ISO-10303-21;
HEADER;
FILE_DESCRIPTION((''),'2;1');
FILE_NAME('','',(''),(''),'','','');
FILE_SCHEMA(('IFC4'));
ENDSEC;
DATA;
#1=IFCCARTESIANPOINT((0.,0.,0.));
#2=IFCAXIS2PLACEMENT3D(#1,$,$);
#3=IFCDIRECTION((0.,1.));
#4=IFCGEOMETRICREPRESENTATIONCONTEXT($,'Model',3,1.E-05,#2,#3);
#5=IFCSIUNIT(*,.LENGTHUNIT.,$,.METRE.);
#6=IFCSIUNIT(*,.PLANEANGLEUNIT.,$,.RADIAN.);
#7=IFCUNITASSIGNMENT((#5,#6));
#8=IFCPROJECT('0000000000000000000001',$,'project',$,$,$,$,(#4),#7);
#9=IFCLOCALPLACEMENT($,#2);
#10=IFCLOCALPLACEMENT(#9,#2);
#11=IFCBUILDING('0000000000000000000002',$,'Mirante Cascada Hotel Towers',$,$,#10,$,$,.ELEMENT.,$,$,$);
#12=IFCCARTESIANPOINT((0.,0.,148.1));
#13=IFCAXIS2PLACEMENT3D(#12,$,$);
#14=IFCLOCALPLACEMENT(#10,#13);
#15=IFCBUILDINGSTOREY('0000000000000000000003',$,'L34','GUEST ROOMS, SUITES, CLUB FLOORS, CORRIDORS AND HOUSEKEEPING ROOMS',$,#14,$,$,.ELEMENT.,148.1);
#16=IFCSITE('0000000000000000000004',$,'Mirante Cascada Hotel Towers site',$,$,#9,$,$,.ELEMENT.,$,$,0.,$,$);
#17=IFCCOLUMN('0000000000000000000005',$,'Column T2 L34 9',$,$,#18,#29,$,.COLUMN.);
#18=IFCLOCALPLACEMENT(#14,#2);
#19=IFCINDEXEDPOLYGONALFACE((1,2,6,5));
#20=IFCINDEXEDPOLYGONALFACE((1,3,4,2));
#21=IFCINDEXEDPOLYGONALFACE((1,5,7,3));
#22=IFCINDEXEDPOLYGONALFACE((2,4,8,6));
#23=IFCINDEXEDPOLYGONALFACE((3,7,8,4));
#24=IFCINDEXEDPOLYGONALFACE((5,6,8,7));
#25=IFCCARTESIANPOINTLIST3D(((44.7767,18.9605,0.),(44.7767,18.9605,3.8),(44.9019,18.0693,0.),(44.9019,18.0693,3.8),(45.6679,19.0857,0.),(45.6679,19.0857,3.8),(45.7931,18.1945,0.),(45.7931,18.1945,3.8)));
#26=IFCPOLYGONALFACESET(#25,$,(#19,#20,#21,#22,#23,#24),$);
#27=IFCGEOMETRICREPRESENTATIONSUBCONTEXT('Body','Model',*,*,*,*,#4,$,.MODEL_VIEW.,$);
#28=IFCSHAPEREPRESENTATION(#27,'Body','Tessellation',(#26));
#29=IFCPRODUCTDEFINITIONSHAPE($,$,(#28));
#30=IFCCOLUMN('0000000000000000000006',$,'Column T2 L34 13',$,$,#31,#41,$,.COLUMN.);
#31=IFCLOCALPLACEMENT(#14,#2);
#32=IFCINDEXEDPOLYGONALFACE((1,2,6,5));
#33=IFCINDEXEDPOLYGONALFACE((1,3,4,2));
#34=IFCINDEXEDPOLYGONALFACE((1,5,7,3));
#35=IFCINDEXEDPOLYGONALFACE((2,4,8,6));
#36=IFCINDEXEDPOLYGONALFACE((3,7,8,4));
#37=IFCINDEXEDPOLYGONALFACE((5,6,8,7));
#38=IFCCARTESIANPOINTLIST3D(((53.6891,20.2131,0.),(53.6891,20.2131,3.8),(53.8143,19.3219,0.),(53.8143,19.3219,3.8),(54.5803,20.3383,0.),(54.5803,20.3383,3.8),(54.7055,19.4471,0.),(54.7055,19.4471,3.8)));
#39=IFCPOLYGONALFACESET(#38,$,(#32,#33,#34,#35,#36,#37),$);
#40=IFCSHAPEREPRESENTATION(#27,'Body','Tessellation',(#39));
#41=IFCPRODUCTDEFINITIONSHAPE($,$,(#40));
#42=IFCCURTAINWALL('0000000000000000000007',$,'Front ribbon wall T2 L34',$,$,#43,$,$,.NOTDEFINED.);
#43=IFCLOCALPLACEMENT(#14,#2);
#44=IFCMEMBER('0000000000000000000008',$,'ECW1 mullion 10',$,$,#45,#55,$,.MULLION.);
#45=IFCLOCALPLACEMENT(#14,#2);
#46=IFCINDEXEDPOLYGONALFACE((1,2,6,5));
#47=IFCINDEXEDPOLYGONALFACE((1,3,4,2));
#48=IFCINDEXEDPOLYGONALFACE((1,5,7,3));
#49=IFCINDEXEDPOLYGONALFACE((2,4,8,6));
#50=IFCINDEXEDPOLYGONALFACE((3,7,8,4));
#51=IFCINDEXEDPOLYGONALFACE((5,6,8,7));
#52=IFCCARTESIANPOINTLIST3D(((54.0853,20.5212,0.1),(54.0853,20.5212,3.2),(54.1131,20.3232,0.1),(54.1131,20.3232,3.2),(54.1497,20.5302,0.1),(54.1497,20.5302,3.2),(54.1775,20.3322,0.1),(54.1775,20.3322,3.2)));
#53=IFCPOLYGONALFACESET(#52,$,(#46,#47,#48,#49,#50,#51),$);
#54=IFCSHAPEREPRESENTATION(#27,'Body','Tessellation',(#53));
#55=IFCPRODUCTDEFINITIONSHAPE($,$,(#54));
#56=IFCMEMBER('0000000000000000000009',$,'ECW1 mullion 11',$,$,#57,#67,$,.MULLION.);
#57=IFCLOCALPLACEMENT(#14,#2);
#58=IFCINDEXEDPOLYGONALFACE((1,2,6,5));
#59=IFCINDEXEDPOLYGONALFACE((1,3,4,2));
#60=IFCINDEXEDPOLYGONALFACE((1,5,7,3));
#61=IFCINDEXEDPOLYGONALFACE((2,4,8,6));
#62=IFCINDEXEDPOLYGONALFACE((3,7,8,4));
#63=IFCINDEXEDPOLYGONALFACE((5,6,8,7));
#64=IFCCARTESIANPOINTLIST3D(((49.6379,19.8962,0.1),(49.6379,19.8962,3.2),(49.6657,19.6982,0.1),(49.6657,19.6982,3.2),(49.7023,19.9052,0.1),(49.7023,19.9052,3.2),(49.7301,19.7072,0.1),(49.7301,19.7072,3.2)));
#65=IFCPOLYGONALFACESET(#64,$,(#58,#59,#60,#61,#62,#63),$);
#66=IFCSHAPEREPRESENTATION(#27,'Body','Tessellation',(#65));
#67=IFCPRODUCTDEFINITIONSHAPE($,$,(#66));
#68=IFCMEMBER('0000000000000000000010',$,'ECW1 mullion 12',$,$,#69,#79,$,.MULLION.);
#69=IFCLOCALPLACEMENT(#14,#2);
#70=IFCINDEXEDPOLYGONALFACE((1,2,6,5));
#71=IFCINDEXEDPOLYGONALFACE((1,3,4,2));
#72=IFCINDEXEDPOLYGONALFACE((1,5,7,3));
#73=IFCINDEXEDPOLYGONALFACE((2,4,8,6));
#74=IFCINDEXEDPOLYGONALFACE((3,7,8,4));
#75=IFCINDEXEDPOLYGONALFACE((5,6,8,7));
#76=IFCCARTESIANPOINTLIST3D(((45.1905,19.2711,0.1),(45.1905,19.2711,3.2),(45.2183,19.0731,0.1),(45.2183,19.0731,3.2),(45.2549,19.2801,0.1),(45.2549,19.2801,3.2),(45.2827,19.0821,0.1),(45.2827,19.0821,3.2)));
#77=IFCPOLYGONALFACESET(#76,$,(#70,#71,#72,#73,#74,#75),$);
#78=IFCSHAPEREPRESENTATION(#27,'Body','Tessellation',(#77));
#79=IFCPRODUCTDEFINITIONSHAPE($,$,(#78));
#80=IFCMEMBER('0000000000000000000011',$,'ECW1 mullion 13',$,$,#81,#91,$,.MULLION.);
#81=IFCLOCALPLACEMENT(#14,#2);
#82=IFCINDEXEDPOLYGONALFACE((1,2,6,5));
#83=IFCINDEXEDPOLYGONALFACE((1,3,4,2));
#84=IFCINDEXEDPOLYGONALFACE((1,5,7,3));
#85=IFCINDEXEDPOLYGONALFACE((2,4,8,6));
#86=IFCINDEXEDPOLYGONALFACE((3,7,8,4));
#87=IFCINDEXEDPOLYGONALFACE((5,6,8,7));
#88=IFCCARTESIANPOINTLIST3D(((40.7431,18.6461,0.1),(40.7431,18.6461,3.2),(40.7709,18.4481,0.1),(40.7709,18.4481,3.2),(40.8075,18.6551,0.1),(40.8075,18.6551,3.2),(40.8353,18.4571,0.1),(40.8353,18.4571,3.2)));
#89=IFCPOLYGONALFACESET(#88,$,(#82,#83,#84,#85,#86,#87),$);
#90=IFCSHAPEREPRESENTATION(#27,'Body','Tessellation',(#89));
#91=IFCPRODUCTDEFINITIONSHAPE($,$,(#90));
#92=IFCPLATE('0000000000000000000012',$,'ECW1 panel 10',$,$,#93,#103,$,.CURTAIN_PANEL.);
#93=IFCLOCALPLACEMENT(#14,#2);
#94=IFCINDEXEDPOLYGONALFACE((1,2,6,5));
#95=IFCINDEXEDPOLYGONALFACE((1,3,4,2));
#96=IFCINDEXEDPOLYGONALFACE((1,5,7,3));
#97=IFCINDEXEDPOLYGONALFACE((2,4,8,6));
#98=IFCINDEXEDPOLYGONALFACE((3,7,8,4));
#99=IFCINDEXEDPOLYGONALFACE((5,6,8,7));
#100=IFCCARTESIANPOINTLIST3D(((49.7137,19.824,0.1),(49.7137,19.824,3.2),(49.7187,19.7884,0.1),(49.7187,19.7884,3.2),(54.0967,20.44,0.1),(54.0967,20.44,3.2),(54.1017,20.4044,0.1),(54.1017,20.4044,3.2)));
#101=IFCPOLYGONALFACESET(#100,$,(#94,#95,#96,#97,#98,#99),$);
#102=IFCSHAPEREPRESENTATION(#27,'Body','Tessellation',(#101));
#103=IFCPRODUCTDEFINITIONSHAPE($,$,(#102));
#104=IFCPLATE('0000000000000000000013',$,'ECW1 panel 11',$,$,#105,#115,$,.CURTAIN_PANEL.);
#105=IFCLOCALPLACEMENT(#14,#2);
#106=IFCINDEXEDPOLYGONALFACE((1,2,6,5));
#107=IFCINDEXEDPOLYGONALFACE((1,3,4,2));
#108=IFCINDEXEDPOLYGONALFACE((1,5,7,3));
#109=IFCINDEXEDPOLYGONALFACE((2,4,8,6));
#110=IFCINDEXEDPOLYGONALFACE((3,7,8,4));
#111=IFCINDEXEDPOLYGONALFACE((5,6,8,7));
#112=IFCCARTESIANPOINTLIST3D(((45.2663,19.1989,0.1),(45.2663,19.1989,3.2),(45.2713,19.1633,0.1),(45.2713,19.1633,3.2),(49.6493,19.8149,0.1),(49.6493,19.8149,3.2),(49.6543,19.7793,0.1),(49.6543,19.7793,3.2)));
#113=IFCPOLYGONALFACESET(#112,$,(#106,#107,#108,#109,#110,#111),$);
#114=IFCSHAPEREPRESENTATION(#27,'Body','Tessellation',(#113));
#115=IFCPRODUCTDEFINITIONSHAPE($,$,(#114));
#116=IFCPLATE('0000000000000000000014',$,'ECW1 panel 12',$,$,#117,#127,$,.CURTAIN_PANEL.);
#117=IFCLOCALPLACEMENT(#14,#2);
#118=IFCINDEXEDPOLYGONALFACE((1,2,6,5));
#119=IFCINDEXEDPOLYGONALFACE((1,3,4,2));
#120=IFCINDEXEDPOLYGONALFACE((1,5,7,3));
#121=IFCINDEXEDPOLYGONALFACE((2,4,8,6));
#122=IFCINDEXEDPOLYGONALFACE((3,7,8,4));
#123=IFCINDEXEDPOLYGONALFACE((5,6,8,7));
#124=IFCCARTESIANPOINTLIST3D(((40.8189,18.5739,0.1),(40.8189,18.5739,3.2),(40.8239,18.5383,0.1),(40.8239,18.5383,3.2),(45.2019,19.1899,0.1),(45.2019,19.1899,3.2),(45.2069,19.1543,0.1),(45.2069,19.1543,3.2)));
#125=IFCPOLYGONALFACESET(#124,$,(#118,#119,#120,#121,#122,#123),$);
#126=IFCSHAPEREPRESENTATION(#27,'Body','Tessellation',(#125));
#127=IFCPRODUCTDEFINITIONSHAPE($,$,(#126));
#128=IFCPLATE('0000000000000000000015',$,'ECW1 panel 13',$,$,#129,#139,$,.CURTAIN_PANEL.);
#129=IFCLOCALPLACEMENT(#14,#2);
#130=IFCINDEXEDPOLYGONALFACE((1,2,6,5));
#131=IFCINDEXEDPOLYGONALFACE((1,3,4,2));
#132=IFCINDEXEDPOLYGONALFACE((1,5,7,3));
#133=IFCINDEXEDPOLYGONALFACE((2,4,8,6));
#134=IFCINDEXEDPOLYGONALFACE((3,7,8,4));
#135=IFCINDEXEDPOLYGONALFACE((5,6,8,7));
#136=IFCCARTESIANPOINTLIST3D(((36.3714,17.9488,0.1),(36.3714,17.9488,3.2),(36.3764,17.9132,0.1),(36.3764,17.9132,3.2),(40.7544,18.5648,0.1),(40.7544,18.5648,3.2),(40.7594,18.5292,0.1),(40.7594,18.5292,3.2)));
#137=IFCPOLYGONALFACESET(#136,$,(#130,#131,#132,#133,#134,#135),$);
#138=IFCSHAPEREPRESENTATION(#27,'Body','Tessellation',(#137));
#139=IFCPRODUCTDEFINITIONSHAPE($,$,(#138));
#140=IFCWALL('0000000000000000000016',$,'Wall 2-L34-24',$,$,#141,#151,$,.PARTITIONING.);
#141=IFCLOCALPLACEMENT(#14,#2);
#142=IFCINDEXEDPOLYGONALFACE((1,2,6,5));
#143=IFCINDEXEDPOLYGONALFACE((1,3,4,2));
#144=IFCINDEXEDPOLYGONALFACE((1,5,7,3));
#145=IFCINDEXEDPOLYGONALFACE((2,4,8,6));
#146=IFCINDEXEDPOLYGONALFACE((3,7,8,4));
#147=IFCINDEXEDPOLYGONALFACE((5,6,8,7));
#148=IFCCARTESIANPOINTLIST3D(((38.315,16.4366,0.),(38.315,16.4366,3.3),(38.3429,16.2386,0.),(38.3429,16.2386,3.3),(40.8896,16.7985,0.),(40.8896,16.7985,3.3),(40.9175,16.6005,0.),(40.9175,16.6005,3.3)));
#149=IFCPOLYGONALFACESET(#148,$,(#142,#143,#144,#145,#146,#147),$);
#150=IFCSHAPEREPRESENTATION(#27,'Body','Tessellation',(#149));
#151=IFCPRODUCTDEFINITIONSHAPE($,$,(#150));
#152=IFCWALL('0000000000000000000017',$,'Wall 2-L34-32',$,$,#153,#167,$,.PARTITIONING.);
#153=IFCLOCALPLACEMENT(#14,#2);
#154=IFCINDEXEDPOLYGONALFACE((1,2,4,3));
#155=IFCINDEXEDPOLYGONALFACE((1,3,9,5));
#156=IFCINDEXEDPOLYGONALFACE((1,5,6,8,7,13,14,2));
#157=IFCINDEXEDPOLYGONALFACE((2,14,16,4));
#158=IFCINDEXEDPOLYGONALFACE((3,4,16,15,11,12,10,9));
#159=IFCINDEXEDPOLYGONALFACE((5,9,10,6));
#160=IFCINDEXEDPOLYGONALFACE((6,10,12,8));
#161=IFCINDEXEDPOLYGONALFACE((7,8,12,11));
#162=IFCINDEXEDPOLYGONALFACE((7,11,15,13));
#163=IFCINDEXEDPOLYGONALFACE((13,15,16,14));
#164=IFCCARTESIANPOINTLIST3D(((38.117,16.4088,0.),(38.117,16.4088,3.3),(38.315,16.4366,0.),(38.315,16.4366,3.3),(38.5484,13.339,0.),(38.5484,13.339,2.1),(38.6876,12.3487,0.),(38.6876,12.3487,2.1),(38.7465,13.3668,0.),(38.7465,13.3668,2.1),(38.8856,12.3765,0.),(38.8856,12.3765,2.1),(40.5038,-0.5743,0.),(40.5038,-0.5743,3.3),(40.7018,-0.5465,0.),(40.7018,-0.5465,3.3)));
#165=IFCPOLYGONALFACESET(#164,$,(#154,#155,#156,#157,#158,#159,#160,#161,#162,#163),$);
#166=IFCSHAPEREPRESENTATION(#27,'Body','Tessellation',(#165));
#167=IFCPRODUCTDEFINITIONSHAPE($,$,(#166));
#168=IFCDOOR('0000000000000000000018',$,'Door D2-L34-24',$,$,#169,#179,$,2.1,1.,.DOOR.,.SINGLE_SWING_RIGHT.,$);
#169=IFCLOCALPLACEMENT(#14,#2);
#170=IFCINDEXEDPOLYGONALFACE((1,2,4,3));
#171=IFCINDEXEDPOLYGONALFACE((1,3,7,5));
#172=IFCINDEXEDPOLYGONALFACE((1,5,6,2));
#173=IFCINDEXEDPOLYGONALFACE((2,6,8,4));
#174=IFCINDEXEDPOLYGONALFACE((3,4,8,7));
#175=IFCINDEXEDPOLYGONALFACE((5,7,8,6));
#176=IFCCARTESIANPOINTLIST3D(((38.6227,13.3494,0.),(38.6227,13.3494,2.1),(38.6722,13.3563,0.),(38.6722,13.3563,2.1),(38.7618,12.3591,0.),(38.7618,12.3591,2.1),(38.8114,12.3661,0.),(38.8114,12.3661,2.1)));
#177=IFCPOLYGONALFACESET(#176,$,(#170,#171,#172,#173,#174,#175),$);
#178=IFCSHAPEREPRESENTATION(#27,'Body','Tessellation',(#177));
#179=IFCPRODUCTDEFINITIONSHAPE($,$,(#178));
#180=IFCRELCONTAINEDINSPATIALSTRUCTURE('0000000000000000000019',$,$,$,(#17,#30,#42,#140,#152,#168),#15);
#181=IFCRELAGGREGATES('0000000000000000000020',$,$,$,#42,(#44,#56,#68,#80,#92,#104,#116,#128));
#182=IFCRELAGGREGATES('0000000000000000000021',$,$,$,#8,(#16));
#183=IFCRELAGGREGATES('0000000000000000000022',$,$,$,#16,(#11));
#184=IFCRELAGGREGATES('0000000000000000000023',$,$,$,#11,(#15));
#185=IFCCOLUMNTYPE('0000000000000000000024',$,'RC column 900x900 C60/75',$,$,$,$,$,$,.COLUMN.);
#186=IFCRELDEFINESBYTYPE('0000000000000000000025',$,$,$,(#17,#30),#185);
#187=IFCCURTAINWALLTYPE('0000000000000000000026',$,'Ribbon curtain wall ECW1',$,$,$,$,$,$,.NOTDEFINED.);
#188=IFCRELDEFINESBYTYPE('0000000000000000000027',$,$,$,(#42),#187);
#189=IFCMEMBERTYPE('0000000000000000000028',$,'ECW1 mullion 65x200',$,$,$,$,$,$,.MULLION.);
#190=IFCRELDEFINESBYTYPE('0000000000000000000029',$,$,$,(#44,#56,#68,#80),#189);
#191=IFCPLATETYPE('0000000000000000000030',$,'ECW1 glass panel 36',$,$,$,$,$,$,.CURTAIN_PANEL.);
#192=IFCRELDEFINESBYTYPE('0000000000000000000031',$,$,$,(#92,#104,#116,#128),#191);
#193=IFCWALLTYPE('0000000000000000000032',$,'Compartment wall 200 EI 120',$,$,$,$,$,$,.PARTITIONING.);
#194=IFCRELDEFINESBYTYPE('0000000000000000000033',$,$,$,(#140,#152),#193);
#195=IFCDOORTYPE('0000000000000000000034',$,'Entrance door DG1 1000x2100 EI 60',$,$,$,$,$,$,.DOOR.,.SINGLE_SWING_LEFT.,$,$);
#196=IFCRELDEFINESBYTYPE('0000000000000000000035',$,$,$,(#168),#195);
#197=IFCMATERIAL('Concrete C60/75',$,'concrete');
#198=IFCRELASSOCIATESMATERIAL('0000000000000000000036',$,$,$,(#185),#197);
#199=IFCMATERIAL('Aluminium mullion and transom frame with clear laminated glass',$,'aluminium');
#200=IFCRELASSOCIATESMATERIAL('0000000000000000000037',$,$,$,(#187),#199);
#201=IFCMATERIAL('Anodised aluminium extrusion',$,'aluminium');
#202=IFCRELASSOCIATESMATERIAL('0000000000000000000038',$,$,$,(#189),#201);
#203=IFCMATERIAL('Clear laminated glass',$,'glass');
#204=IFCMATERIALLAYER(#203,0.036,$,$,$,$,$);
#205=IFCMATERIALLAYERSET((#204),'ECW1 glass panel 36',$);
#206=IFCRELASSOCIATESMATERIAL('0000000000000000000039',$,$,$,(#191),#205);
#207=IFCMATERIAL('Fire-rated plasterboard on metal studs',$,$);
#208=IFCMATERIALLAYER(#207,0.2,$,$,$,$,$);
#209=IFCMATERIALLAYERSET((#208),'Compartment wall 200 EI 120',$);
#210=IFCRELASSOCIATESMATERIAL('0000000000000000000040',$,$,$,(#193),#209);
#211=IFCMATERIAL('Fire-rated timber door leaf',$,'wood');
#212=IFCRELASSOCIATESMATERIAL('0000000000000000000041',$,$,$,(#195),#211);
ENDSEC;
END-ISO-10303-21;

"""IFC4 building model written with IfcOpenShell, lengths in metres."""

from ifc_helpers import new_model, si_unit, direction, frame, frame_2d, origin, origin_2d, place, context, subcontext, project, spatial, rectangle, extrude, material, layer, layer_set, material_profile, profile_set, type_object, element, fill, aggregate, save


model = new_model("IFC4")

# Units and contexts
model_context = context("Model", 3, precision=1e-05, world=origin(), true_north=direction((0.0, 1.0)))
body_context = subcontext(model_context, "Body", "Model", "MODEL_VIEW")
ifc_project = project(units=[si_unit("LENGTHUNIT", "METRE"), si_unit("PLANEANGLEUNIT", "RADIAN")], contexts=[model_context])

# Site, building, storey
site_placement = place(None, origin())
site = spatial("IfcSite", under=ifc_project, at=site_placement, Name="Mirante Cascada Hotel Towers site", CompositionType="ELEMENT", RefElevation=0.0)
building_placement = place(site_placement, origin())
building = spatial("IfcBuilding", under=site, at=building_placement, Name="Mirante Cascada Hotel Towers", CompositionType="ELEMENT")
storey_placement = place(building_placement, frame((0.0, 0.0, 148.1)))
storey = spatial("IfcBuildingStorey", under=building, at=storey_placement, Name="L34", Description="GUEST ROOMS, SUITES, CLUB FLOORS, CORRIDORS AND HOUSEKEEPING ROOMS", CompositionType="ELEMENT", Elevation=148.1)

# Columns
ifc_material_1 = material(Name="Concrete C60/75", Category="concrete")
ifc_material_profile_1 = material_profile(ifc_material_1, rectangle(XDim=0.9, YDim=0.9, at=origin_2d()), Name="RC column 900x900 C60/75")
ifc_profile_set_1 = profile_set([ifc_material_profile_1], Name="Concrete C60/75")
column_type = type_object("IfcColumnType", Name="RC column 900x900 C60/75", PredefinedType="COLUMN", material=ifc_profile_set_1)
for number, where, z_axis, x_axis, name in (
    (1, (45.2849, 18.5775, 0.0), (0.0, 0.0, 1.0), (0.990268, 0.139173, 0.0), "Column T2 L34 9"),
    (2, (54.1973, 19.8301, 0.0), (0.0, 0.0, 1.0), (0.990268, 0.139173, 0.0), "Column T2 L34 13"),
):
    element("IfcColumn", number, at=place(storey_placement, frame(where, z_axis=z_axis, x_axis=x_axis)), inside=storey, type_object=column_type, Name=name, PredefinedType="COLUMN", context=body_context, shape_type="SweptSolid", body=[
        extrude(rectangle(XDim=0.9, YDim=0.9, at=origin_2d()), origin(), (0.0, 0.0, 1.0), 3.8),
    ])

# Curtain wall, members, plates
ifc_material_2 = material(Name="Aluminium mullion and transom frame with clear laminated glass", Category="aluminium")
curtain_wall_type = type_object("IfcCurtainWallType", Name="Ribbon curtain wall ECW1", PredefinedType="NOTDEFINED", material=ifc_material_2)
curtain_wall_placement = place(storey_placement, origin())
curtain_wall = element("IfcCurtainWall", 3, at=curtain_wall_placement, inside=storey, type_object=curtain_wall_type, Name="Front ribbon wall T2 L34", PredefinedType="NOTDEFINED")
ifc_material_3 = material(Name="Anodised aluminium extrusion", Category="aluminium")
ifc_material_profile_2 = material_profile(ifc_material_3, rectangle(XDim=0.2, YDim=0.065, at=origin_2d()), Name="ECW1 MULLION 65x200")
ifc_profile_set_2 = profile_set([ifc_material_profile_2], Name="Anodised aluminium extrusion")
member_type = type_object("IfcMemberType", Name="ECW1 mullion 65x200", PredefinedType="MULLION", material=ifc_profile_set_2)
member_1_placement = place(storey_placement, frame((54.1314, 20.4267, 0.1), z_axis=(0.0, 0.0, 1.0), x_axis=(0.139173, -0.990268, 0.0)))
member_1 = element("IfcMember", 4, at=member_1_placement, type_object=member_type, Name="ECW1 mullion 10", PredefinedType="MULLION", context=body_context, shape_type="SweptSolid", body=[
    extrude(rectangle(XDim=0.2, YDim=0.065, at=origin_2d()), origin(), (0.0, 0.0, 1.0), 3.1),
])
member_2_placement = place(storey_placement, frame((49.684, 19.8017, 0.1), z_axis=(0.0, 0.0, 1.0), x_axis=(0.139173, -0.990268, 0.0)))
member_2 = element("IfcMember", 5, at=member_2_placement, type_object=member_type, Name="ECW1 mullion 11", PredefinedType="MULLION", context=body_context, shape_type="SweptSolid", body=[
    extrude(rectangle(XDim=0.2, YDim=0.065, at=origin_2d()), origin(), (0.0, 0.0, 1.0), 3.1),
])
member_3_placement = place(storey_placement, frame((45.2366, 19.1766, 0.1), z_axis=(0.0, 0.0, 1.0), x_axis=(0.139173, -0.990268, 0.0)))
member_3 = element("IfcMember", 6, at=member_3_placement, type_object=member_type, Name="ECW1 mullion 12", PredefinedType="MULLION", context=body_context, shape_type="SweptSolid", body=[
    extrude(rectangle(XDim=0.2, YDim=0.065, at=origin_2d()), origin(), (0.0, 0.0, 1.0), 3.1),
])
member_4_placement = place(storey_placement, frame((40.7892, 18.5516, 0.1), z_axis=(0.0, 0.0, 1.0), x_axis=(0.139173, -0.990268, 0.0)))
member_4 = element("IfcMember", 7, at=member_4_placement, type_object=member_type, Name="ECW1 mullion 13", PredefinedType="MULLION", context=body_context, shape_type="SweptSolid", body=[
    extrude(rectangle(XDim=0.2, YDim=0.065, at=origin_2d()), origin(), (0.0, 0.0, 1.0), 3.1),
])
ifc_material_4 = material(Name="Clear laminated glass", Category="glass")
ifc_layer_1 = layer(ifc_material_4, 0.036)
ifc_layer_set_1 = layer_set([ifc_layer_1], Name="ECW1 glass panel 36")
plate_type = type_object("IfcPlateType", Name="ECW1 glass panel 36", PredefinedType="CURTAIN_PANEL", material=ifc_layer_set_1)
plate_1_placement = place(storey_placement, frame((51.9077, 20.1142, 0.1), z_axis=(0.0, 0.0, 1.0), x_axis=(-0.990268, -0.139173, 0.0)))
plate_1 = element("IfcPlate", 8, at=plate_1_placement, type_object=plate_type, Name="ECW1 panel 10", PredefinedType="CURTAIN_PANEL", context=body_context, shape_type="SweptSolid", body=[
    extrude(rectangle(XDim=4.4261, YDim=0.036, at=origin_2d()), origin(), (0.0, 0.0, 1.0), 3.1),
])
plate_2_placement = place(storey_placement, frame((47.4603, 19.4891, 0.1), z_axis=(0.0, 0.0, 1.0), x_axis=(-0.990268, -0.139173, 0.0)))
plate_2 = element("IfcPlate", 9, at=plate_2_placement, type_object=plate_type, Name="ECW1 panel 11", PredefinedType="CURTAIN_PANEL", context=body_context, shape_type="SweptSolid", body=[
    extrude(rectangle(XDim=4.4261, YDim=0.036, at=origin_2d()), origin(), (0.0, 0.0, 1.0), 3.1),
])
plate_3_placement = place(storey_placement, frame((43.0129, 18.8641, 0.1), z_axis=(0.0, 0.0, 1.0), x_axis=(-0.990268, -0.139173, 0.0)))
plate_3 = element("IfcPlate", 10, at=plate_3_placement, type_object=plate_type, Name="ECW1 panel 12", PredefinedType="CURTAIN_PANEL", context=body_context, shape_type="SweptSolid", body=[
    extrude(rectangle(XDim=4.4261, YDim=0.036, at=origin_2d()), origin(), (0.0, 0.0, 1.0), 3.1),
])
plate_4_placement = place(storey_placement, frame((38.5654, 18.239, 0.1), z_axis=(0.0, 0.0, 1.0), x_axis=(-0.990268, -0.139173, 0.0)))
plate_4 = element("IfcPlate", 11, at=plate_4_placement, type_object=plate_type, Name="ECW1 panel 13", PredefinedType="CURTAIN_PANEL", context=body_context, shape_type="SweptSolid", body=[
    extrude(rectangle(XDim=4.4261, YDim=0.036, at=origin_2d()), origin(), (0.0, 0.0, 1.0), 3.1),
])
aggregate(curtain_wall, [member_1, member_2, member_3, member_4, plate_1, plate_2, plate_3, plate_4])

# Wall
ifc_material_5 = material(Name="Fire-rated plasterboard on metal studs")
ifc_layer_2 = layer(ifc_material_5, 0.2)
ifc_layer_set_2 = layer_set([ifc_layer_2], Name="Compartment wall 200 EI 120")
wall_type_1 = type_object("IfcWallType", Name="Compartment wall 200 EI 120", PredefinedType="PARTITIONING", material=ifc_layer_set_2)
wall_1_placement = place(storey_placement, frame((40.9036, 16.6995, 0.0), z_axis=(0.0, 0.0, 1.0), x_axis=(-0.990265, -0.139197, 0.0)))
element("IfcWall", 12, at=wall_1_placement, inside=storey, type_object=wall_type_1, Name="Wall 2-L34-24", PredefinedType="PARTITIONING", context=body_context, shape_type="SweptSolid", body=[
    extrude(rectangle(XDim=2.5999, YDim=0.2, at=frame_2d((1.3, 0.0))), origin(), (0.0, 0.0, 1.0), 3.3),
])

# Wall, opening, door
wall_2_placement = place(storey_placement, frame((38.216, 16.4227, 0.0), z_axis=(0.0, 0.0, 1.0), x_axis=(0.139172, -0.990268, 0.0)))
wall_2 = element("IfcWall", 13, at=wall_2_placement, inside=storey, type_object=wall_type_1, Name="Wall 2-L34-32", PredefinedType="PARTITIONING", context=body_context, shape_type="SweptSolid", body=[
    extrude(rectangle(XDim=17.15, YDim=0.2, at=frame_2d((8.575, 0.0))), origin(), (0.0, 0.0, 1.0), 3.3),
])
opening_1_placement = place(wall_2_placement, frame((3.1, 0.0, 0.0)))
opening_1 = element("IfcOpeningElement", 14, at=opening_1_placement, cuts=wall_2, PredefinedType="OPENING", context=body_context, shape_type="SweptSolid", body=[
    extrude(rectangle(XDim=1.0, YDim=2.1, at=frame_2d((0.5, 1.05))), frame((0.0, 0.1, 0.0), z_axis=(0.0, -1.0, 0.0), x_axis=(1.0, 0.0, 0.0)), (0.0, 0.0, 1.0), 0.2),
])
ifc_material_6 = material(Name="Fire-rated timber door leaf", Category="wood")
door_type_1 = type_object("IfcDoorType", Name="Entrance door DG1 1000x2100 EI 60", OperationType="SINGLE_SWING_LEFT", PredefinedType="DOOR", material=ifc_material_6)
door_1_placement = place(opening_1_placement, frame((1.0, 0.0, 0.0), z_axis=(0.0, 0.0, 1.0), x_axis=(-1.0, 0.0, 0.0)))
door_1 = element("IfcDoor", 15, at=door_1_placement, inside=storey, type_object=door_type_1, Name="Door D2-L34-24", OperationType="SINGLE_SWING_RIGHT", OverallHeight=2.1, OverallWidth=1.0, PredefinedType="DOOR", context=body_context, shape_type="SweptSolid", body=[
    extrude(rectangle(XDim=1.0, YDim=2.1, at=frame_2d((0.5, 1.05))), frame((0.0, 0.025, 0.0), z_axis=(0.0, -1.0, 0.0), x_axis=(1.0, 0.0, 0.0)), (0.0, 0.0, 1.0), 0.05),
])
fill(opening_1, door_1)

save(model, "model.ifc")
